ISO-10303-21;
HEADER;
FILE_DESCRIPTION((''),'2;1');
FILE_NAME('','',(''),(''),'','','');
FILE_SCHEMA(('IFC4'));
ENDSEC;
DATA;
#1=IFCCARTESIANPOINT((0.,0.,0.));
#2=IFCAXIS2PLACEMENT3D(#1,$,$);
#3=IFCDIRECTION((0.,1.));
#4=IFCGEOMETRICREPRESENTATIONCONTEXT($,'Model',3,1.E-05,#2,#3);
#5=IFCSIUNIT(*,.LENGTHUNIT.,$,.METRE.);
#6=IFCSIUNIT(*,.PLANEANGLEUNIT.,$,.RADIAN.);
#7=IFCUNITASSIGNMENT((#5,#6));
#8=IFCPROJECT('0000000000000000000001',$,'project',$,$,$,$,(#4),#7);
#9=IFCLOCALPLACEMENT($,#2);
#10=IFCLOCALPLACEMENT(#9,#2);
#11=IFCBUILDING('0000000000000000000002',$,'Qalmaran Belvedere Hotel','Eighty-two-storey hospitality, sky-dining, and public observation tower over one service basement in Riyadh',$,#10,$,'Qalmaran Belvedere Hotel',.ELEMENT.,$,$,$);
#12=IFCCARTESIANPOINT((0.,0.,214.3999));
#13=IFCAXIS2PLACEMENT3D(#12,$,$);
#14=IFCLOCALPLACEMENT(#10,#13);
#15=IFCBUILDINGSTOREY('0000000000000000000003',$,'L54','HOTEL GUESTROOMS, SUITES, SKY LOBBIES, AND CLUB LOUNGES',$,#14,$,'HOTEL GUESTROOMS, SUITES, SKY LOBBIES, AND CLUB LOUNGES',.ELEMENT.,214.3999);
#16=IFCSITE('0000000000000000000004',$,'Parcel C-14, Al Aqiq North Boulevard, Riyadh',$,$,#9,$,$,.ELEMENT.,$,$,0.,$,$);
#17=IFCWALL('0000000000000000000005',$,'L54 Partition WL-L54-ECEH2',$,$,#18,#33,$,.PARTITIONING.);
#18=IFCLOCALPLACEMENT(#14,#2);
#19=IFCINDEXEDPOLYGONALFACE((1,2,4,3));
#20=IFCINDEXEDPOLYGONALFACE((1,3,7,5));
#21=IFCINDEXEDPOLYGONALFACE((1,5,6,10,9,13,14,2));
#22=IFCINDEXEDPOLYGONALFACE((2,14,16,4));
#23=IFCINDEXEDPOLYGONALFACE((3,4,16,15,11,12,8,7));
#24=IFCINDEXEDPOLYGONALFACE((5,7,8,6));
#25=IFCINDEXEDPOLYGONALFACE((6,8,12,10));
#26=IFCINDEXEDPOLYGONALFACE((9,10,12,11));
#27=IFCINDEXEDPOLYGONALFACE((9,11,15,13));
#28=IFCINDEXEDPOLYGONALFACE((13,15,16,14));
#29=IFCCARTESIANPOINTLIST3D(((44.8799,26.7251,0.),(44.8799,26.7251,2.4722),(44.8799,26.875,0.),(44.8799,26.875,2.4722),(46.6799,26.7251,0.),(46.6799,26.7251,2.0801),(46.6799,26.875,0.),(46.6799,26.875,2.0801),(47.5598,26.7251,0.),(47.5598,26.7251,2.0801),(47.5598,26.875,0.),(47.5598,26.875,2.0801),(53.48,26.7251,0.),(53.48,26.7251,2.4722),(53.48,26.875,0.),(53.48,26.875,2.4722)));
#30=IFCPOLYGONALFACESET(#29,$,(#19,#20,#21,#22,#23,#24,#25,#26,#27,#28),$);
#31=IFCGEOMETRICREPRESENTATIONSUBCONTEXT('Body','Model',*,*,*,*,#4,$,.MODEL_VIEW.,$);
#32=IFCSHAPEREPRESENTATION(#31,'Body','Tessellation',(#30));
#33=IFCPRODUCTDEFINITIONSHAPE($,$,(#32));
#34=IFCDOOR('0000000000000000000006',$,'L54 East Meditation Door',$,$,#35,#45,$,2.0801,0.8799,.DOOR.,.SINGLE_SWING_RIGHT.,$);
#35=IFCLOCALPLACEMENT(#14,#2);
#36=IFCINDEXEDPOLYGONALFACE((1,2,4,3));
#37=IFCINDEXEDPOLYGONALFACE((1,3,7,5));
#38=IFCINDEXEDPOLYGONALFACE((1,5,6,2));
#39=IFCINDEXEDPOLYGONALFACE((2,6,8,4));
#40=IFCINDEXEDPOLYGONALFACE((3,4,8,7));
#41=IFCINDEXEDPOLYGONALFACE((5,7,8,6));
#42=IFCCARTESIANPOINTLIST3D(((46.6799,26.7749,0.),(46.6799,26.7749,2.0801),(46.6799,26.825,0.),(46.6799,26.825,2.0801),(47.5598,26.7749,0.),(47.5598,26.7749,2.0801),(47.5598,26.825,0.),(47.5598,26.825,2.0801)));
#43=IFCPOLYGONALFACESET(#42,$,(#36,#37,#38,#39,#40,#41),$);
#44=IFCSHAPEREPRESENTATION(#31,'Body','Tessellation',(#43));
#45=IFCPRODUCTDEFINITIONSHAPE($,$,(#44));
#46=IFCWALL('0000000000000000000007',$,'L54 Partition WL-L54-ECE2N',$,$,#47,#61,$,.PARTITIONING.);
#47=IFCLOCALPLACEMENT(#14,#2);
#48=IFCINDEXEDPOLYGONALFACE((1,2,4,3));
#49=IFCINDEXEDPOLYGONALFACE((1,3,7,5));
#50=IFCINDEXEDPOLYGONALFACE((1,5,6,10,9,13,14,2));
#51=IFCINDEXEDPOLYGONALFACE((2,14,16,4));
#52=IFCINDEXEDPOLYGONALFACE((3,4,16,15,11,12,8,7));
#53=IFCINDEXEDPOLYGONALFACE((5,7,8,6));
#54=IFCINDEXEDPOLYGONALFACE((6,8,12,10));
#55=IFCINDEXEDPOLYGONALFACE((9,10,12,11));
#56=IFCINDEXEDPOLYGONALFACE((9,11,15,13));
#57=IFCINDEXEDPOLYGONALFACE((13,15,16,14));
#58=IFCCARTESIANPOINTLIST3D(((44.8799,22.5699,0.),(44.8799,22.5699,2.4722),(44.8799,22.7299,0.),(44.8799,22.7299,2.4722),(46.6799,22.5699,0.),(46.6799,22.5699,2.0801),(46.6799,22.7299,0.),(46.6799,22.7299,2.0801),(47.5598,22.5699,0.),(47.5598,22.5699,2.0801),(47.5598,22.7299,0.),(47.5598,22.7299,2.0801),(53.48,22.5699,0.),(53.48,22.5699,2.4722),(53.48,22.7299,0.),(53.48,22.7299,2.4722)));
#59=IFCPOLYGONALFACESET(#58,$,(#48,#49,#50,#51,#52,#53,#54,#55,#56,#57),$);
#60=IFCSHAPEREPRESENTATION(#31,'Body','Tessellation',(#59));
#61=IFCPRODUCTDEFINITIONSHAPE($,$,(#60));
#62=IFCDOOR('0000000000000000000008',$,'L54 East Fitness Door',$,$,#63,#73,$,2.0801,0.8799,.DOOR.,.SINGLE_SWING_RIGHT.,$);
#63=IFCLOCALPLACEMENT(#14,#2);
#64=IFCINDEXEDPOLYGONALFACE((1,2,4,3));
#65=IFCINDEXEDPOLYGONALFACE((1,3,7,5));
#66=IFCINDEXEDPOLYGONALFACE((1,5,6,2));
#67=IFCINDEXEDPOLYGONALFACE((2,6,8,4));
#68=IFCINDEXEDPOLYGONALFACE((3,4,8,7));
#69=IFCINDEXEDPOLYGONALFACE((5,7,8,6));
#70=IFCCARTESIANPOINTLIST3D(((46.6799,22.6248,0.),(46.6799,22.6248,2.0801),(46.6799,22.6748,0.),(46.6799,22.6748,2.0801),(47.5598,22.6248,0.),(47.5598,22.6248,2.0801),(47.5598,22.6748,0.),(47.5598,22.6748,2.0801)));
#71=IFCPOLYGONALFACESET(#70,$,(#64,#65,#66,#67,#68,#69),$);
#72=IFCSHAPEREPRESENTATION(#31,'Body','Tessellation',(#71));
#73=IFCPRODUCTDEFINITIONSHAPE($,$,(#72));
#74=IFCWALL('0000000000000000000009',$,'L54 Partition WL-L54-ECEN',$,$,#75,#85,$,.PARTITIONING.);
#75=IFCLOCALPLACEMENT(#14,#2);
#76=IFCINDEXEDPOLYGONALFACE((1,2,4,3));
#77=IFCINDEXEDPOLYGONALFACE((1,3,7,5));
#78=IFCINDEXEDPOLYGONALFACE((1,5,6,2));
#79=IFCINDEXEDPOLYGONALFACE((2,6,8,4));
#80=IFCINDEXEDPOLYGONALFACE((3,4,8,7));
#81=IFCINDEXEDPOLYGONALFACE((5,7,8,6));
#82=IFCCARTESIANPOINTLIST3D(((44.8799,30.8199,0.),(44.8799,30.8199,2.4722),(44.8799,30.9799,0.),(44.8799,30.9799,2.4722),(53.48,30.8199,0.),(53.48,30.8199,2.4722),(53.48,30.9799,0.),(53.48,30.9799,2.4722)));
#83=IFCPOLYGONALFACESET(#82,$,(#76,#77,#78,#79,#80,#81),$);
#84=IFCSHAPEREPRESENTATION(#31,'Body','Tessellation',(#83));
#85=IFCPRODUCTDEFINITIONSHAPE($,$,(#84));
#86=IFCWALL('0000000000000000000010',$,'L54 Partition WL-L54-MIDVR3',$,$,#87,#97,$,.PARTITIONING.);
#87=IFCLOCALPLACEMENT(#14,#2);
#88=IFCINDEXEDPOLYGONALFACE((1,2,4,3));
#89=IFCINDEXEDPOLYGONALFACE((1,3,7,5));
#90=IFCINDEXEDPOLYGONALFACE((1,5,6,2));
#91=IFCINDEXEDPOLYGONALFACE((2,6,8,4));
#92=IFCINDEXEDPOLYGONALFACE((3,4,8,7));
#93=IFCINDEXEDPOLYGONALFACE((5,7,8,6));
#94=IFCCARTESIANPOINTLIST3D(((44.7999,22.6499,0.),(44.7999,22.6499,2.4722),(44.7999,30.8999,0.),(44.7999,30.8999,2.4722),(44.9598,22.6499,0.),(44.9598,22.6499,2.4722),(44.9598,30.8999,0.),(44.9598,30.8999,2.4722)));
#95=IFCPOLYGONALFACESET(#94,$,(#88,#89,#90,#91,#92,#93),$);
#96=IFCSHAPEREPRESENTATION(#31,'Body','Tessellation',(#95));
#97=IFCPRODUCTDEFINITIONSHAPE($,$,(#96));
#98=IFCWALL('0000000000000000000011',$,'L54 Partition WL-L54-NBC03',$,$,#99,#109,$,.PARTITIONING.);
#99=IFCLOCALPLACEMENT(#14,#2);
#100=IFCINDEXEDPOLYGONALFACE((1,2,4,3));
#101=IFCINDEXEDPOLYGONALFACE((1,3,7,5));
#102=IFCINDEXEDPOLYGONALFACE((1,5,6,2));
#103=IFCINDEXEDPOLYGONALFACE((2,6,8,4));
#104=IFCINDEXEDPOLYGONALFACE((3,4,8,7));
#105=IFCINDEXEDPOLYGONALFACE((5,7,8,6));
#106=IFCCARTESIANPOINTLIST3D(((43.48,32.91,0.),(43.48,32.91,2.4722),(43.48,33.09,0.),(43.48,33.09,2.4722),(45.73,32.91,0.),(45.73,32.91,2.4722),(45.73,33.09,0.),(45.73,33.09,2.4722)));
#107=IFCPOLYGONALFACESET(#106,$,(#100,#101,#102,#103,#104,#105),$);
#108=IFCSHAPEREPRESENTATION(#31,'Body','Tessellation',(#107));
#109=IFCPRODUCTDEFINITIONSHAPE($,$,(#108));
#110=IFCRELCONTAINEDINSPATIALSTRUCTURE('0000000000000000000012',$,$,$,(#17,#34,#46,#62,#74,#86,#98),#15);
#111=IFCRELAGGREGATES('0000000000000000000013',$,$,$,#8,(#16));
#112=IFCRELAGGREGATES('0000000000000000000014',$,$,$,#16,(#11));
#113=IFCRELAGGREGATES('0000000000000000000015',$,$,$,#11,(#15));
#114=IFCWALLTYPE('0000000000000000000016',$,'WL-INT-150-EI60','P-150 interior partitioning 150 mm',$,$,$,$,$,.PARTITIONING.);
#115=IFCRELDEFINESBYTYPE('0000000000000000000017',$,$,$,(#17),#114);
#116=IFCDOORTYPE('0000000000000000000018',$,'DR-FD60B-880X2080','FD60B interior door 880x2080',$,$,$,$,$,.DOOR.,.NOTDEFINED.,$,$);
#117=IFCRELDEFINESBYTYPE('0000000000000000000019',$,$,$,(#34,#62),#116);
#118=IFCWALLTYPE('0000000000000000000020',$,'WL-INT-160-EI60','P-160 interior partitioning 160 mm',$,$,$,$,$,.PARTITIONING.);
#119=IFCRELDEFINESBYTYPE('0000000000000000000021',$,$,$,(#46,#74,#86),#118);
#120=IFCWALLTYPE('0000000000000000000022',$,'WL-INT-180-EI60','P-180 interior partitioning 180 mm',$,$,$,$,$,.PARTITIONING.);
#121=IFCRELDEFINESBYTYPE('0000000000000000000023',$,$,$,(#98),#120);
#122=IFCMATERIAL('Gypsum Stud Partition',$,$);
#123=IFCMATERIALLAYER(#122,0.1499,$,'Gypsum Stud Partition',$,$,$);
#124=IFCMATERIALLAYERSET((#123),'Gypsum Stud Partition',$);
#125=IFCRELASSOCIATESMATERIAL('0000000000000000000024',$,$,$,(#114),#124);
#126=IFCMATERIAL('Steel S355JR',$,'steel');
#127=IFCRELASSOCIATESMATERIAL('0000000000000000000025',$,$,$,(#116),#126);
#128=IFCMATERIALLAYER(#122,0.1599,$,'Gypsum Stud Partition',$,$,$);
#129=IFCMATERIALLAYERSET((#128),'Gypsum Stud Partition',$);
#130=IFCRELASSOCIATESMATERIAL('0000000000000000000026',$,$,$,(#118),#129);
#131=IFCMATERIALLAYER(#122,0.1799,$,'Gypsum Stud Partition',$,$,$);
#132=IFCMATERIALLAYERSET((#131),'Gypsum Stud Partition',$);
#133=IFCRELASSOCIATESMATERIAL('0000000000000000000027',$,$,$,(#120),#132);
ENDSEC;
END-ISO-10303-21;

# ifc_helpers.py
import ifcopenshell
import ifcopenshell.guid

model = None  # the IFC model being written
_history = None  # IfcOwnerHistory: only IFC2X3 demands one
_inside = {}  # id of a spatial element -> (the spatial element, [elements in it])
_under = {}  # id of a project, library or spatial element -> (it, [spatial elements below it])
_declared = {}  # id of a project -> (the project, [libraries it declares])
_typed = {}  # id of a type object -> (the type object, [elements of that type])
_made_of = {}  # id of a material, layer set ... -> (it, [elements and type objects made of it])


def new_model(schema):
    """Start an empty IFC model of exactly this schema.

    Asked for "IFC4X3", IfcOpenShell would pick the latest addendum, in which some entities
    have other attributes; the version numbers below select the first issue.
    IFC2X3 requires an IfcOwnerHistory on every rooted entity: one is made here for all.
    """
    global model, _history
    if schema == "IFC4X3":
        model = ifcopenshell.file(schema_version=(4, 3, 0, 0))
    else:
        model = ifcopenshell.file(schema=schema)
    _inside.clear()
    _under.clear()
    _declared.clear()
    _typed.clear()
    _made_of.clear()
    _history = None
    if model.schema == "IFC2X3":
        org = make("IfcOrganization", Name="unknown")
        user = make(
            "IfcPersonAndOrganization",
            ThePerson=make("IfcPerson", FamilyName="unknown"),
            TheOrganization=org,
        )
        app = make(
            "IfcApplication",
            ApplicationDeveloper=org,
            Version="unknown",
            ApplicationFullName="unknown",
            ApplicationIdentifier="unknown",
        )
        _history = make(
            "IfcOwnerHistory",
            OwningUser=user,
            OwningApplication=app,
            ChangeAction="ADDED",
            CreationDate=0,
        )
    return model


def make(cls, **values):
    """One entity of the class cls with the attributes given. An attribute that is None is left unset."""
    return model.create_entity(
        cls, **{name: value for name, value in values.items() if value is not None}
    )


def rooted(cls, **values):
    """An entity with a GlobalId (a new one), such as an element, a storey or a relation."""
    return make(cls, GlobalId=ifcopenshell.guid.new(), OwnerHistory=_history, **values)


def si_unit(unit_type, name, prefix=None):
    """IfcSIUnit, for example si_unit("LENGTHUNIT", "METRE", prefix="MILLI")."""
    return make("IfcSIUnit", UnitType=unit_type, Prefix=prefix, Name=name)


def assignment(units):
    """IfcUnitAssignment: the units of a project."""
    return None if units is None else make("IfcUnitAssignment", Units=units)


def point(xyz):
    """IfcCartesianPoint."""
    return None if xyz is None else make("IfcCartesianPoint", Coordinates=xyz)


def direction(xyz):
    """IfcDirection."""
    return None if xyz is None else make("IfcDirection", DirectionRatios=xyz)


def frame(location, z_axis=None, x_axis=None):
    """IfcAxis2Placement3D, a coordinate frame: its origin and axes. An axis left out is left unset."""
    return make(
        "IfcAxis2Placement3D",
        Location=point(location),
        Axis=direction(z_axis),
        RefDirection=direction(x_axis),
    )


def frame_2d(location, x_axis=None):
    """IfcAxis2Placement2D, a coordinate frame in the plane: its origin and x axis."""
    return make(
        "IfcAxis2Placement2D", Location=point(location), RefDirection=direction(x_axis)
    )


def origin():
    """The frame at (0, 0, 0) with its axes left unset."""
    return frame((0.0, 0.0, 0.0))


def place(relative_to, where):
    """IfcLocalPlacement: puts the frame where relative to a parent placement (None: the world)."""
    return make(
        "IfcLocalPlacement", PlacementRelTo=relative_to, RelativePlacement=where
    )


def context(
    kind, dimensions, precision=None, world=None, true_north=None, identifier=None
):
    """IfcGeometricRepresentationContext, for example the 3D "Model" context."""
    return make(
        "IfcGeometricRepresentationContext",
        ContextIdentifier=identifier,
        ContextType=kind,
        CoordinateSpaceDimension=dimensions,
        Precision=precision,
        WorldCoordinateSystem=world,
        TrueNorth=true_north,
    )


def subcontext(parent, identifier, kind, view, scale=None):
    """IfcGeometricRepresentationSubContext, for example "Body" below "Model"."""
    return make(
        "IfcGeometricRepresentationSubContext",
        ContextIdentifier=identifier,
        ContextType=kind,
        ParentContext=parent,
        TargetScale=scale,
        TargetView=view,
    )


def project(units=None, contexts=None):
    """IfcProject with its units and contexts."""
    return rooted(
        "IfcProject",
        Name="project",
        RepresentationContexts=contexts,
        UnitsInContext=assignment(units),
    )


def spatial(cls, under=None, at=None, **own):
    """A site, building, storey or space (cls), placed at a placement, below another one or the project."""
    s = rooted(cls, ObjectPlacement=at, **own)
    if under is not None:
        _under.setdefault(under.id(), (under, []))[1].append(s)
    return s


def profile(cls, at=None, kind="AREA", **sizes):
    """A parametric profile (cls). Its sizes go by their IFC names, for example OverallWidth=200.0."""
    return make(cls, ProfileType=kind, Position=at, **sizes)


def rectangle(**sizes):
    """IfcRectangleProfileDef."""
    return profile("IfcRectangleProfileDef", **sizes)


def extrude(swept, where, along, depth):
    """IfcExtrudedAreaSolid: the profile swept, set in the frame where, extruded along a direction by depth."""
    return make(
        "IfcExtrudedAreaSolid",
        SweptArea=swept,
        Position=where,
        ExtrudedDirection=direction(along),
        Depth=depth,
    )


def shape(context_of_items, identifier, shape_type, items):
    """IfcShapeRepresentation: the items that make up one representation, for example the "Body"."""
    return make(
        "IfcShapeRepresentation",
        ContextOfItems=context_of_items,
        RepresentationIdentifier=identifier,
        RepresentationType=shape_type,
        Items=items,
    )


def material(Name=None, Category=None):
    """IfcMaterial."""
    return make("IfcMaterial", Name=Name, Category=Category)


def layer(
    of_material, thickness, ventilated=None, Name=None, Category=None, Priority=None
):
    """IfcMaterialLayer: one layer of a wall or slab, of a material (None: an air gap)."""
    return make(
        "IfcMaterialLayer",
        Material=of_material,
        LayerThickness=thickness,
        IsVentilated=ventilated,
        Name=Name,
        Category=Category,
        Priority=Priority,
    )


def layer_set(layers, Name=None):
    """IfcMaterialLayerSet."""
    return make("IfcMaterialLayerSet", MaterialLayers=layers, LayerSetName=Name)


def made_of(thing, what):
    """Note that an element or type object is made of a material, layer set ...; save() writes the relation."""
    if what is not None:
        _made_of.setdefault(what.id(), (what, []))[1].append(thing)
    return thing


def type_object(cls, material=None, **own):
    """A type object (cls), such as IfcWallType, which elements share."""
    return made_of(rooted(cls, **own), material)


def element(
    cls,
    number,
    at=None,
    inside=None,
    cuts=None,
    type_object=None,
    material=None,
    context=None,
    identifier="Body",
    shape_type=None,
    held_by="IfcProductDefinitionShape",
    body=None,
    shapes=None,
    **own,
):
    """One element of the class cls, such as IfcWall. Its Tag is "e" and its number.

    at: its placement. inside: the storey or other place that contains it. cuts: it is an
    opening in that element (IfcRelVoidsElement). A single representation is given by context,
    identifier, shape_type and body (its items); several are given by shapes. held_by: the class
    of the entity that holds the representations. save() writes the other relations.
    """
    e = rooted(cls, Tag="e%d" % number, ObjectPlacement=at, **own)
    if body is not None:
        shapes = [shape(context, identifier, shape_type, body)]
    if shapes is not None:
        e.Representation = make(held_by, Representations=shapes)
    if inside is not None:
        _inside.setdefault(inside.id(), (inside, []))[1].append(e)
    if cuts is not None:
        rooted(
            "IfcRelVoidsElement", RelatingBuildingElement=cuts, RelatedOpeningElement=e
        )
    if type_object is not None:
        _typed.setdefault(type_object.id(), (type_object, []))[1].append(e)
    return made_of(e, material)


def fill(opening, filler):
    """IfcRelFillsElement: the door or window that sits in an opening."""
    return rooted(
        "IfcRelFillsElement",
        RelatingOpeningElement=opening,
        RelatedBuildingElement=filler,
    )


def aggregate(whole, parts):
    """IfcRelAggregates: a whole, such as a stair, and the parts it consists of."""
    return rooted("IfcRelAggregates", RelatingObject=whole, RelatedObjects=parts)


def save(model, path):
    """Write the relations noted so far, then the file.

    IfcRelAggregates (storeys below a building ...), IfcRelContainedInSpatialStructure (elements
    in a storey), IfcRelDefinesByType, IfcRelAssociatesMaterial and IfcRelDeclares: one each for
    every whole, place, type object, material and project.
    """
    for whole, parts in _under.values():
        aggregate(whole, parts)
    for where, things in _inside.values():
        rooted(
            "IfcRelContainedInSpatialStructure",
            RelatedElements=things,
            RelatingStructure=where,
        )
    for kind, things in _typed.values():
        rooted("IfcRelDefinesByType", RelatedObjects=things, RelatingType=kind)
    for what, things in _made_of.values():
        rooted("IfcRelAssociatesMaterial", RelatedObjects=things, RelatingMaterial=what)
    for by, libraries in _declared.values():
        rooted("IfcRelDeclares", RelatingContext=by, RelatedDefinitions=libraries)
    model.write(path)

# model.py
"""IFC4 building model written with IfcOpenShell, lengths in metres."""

from ifc_helpers import new_model, si_unit, direction, frame, frame_2d, origin, place, context, subcontext, project, spatial, rectangle, extrude, material, layer, layer_set, type_object, element, fill, save


model = new_model("IFC4")

# Units and contexts
model_context = context("Model", 3, precision=1e-05, world=origin(), true_north=direction((0.0, 1.0)))
body_context = subcontext(model_context, "Body", "Model", "MODEL_VIEW")
ifc_project = project(units=[si_unit("LENGTHUNIT", "METRE"), si_unit("PLANEANGLEUNIT", "RADIAN")], contexts=[model_context])

# Site, building, storey
site_placement = place(None, origin())
site = spatial("IfcSite", under=ifc_project, at=site_placement, Name="Parcel C-14, Al Aqiq North Boulevard, Riyadh", CompositionType="ELEMENT", RefElevation=0.0)
building_placement = place(site_placement, origin())
building = spatial("IfcBuilding", under=site, at=building_placement, Name="Qalmaran Belvedere Hotel", Description="Eighty-two-storey hospitality, sky-dining, and public observation tower over one service basement in Riyadh", LongName="Qalmaran Belvedere Hotel", CompositionType="ELEMENT")
storey_placement = place(building_placement, frame((0.0, 0.0, 214.3999)))
storey = spatial("IfcBuildingStorey", under=building, at=storey_placement, Name="L54", Description="HOTEL GUESTROOMS, SUITES, SKY LOBBIES, AND CLUB LOUNGES", LongName="HOTEL GUESTROOMS, SUITES, SKY LOBBIES, AND CLUB LOUNGES", CompositionType="ELEMENT", Elevation=214.3999)

# Shared definitions
ifc_material_1 = material(Name="Steel S355JR", Category="steel")

# Walls, openings, doors
ifc_material_2 = material(Name="Gypsum Stud Partition")
ifc_layer_1 = layer(ifc_material_2, 0.1499, Name="Gypsum Stud Partition")
ifc_layer_set_1 = layer_set([ifc_layer_1], Name="Gypsum Stud Partition")
wall_type_1 = type_object("IfcWallType", Name="WL-INT-150-EI60", Description="P-150 interior partitioning 150 mm", PredefinedType="PARTITIONING", material=ifc_layer_set_1)
wall_1_placement = place(storey_placement, frame((44.8799, 26.8, 0.0), z_axis=(0.0, 0.0, 1.0), x_axis=(1.0, 0.0, 0.0)))
wall_1 = element("IfcWall", 1, at=wall_1_placement, inside=storey, type_object=wall_type_1, Name="L54 Partition WL-L54-ECEH2", PredefinedType="PARTITIONING", context=body_context, shape_type="SweptSolid", body=[
    extrude(rectangle(XDim=8.6001, YDim=0.1499, at=frame_2d((4.3, 0.0))), origin(), (0.0, 0.0, 1.0), 2.4722),
])
opening_1_placement = place(wall_1_placement, frame((1.8, 0.0, 0.0)))
opening_1 = element("IfcOpeningElement", 2, at=opening_1_placement, cuts=wall_1, PredefinedType="OPENING", context=body_context, shape_type="SweptSolid", body=[
    extrude(rectangle(XDim=0.8799, YDim=2.0801, at=frame_2d((0.4399, 1.04))), frame((0.0, 0.085, 0.0), z_axis=(0.0, -1.0, 0.0), x_axis=(1.0, 0.0, 0.0)), (0.0, 0.0, 1.0), 0.1699),
])
door_type = type_object("IfcDoorType", Name="DR-FD60B-880X2080", Description="FD60B interior door 880x2080", OperationType="NOTDEFINED", PredefinedType="DOOR", material=ifc_material_1)
door_1_placement = place(opening_1_placement, origin())
door_1 = element("IfcDoor", 3, at=door_1_placement, inside=storey, type_object=door_type, Name="L54 East Meditation Door", OperationType="SINGLE_SWING_RIGHT", OverallHeight=2.0801, OverallWidth=0.8799, PredefinedType="DOOR", context=body_context, shape_type="SweptSolid", body=[
    extrude(rectangle(XDim=0.8799, YDim=2.0801, at=frame_2d((0.4399, 1.04))), frame((0.0, 0.0249, 0.0), z_axis=(0.0, -1.0, 0.0), x_axis=(1.0, 0.0, 0.0)), (0.0, 0.0, 1.0), 0.05),
])
fill(opening_1, door_1)
ifc_layer_2 = layer(ifc_material_2, 0.1599, Name="Gypsum Stud Partition")
ifc_layer_set_2 = layer_set([ifc_layer_2], Name="Gypsum Stud Partition")
wall_type_2 = type_object("IfcWallType", Name="WL-INT-160-EI60", Description="P-160 interior partitioning 160 mm", PredefinedType="PARTITIONING", material=ifc_layer_set_2)
wall_2_placement = place(storey_placement, frame((44.8799, 22.6499, 0.0), z_axis=(0.0, 0.0, 1.0), x_axis=(1.0, 0.0, 0.0)))
wall_2 = element("IfcWall", 4, at=wall_2_placement, inside=storey, type_object=wall_type_2, Name="L54 Partition WL-L54-ECE2N", PredefinedType="PARTITIONING", context=body_context, shape_type="SweptSolid", body=[
    extrude(rectangle(XDim=8.6001, YDim=0.1599, at=frame_2d((4.3, 0.0))), origin(), (0.0, 0.0, 1.0), 2.4722),
])
opening_2_placement = place(wall_2_placement, frame((1.8, 0.0, 0.0)))
opening_2 = element("IfcOpeningElement", 5, at=opening_2_placement, cuts=wall_2, PredefinedType="OPENING", context=body_context, shape_type="SweptSolid", body=[
    extrude(rectangle(XDim=0.8799, YDim=2.0801, at=frame_2d((0.4399, 1.04))), frame((0.0, 0.0898, 0.0), z_axis=(0.0, -1.0, 0.0), x_axis=(1.0, 0.0, 0.0)), (0.0, 0.0, 1.0), 0.1799),
])
door_2_placement = place(opening_2_placement, origin())
door_2 = element("IfcDoor", 6, at=door_2_placement, inside=storey, type_object=door_type, Name="L54 East Fitness Door", OperationType="SINGLE_SWING_RIGHT", OverallHeight=2.0801, OverallWidth=0.8799, PredefinedType="DOOR", context=body_context, shape_type="SweptSolid", body=[
    extrude(rectangle(XDim=0.8799, YDim=2.0801, at=frame_2d((0.4399, 1.04))), frame((0.0, 0.0249, 0.0), z_axis=(0.0, -1.0, 0.0), x_axis=(1.0, 0.0, 0.0)), (0.0, 0.0, 1.0), 0.05),
])
fill(opening_2, door_2)

# Walls
wall_3_placement = place(storey_placement, frame((44.8799, 30.8999, 0.0), z_axis=(0.0, 0.0, 1.0), x_axis=(1.0, 0.0, 0.0)))
element("IfcWall", 7, at=wall_3_placement, inside=storey, type_object=wall_type_2, Name="L54 Partition WL-L54-ECEN", PredefinedType="PARTITIONING", context=body_context, shape_type="SweptSolid", body=[
    extrude(rectangle(XDim=8.6001, YDim=0.1599, at=frame_2d((4.3, 0.0))), origin(), (0.0, 0.0, 1.0), 2.4722),
])
wall_4_placement = place(storey_placement, frame((44.8799, 22.6499, 0.0), z_axis=(0.0, 0.0, 1.0), x_axis=(0.0, 1.0, 0.0)))
element("IfcWall", 8, at=wall_4_placement, inside=storey, type_object=wall_type_2, Name="L54 Partition WL-L54-MIDVR3", PredefinedType="PARTITIONING", context=body_context, shape_type="SweptSolid", body=[
    extrude(rectangle(XDim=8.25, YDim=0.1599, at=frame_2d((4.125, 0.0))), origin(), (0.0, 0.0, 1.0), 2.4722),
])
ifc_layer_3 = layer(ifc_material_2, 0.1799, Name="Gypsum Stud Partition")
ifc_layer_set_3 = layer_set([ifc_layer_3], Name="Gypsum Stud Partition")
wall_type_3 = type_object("IfcWallType", Name="WL-INT-180-EI60", Description="P-180 interior partitioning 180 mm", PredefinedType="PARTITIONING", material=ifc_layer_set_3)
wall_5_placement = place(storey_placement, frame((43.48, 33.0, 0.0), z_axis=(0.0, 0.0, 1.0), x_axis=(1.0, 0.0, 0.0)))
element("IfcWall", 9, at=wall_5_placement, inside=storey, type_object=wall_type_3, Name="L54 Partition WL-L54-NBC03", PredefinedType="PARTITIONING", context=body_context, shape_type="SweptSolid", body=[
    extrude(rectangle(XDim=2.25, YDim=0.1799, at=frame_2d((1.125, 0.0))), origin(), (0.0, 0.0, 1.0), 2.4722),
])

save(model, "model.ifc")
